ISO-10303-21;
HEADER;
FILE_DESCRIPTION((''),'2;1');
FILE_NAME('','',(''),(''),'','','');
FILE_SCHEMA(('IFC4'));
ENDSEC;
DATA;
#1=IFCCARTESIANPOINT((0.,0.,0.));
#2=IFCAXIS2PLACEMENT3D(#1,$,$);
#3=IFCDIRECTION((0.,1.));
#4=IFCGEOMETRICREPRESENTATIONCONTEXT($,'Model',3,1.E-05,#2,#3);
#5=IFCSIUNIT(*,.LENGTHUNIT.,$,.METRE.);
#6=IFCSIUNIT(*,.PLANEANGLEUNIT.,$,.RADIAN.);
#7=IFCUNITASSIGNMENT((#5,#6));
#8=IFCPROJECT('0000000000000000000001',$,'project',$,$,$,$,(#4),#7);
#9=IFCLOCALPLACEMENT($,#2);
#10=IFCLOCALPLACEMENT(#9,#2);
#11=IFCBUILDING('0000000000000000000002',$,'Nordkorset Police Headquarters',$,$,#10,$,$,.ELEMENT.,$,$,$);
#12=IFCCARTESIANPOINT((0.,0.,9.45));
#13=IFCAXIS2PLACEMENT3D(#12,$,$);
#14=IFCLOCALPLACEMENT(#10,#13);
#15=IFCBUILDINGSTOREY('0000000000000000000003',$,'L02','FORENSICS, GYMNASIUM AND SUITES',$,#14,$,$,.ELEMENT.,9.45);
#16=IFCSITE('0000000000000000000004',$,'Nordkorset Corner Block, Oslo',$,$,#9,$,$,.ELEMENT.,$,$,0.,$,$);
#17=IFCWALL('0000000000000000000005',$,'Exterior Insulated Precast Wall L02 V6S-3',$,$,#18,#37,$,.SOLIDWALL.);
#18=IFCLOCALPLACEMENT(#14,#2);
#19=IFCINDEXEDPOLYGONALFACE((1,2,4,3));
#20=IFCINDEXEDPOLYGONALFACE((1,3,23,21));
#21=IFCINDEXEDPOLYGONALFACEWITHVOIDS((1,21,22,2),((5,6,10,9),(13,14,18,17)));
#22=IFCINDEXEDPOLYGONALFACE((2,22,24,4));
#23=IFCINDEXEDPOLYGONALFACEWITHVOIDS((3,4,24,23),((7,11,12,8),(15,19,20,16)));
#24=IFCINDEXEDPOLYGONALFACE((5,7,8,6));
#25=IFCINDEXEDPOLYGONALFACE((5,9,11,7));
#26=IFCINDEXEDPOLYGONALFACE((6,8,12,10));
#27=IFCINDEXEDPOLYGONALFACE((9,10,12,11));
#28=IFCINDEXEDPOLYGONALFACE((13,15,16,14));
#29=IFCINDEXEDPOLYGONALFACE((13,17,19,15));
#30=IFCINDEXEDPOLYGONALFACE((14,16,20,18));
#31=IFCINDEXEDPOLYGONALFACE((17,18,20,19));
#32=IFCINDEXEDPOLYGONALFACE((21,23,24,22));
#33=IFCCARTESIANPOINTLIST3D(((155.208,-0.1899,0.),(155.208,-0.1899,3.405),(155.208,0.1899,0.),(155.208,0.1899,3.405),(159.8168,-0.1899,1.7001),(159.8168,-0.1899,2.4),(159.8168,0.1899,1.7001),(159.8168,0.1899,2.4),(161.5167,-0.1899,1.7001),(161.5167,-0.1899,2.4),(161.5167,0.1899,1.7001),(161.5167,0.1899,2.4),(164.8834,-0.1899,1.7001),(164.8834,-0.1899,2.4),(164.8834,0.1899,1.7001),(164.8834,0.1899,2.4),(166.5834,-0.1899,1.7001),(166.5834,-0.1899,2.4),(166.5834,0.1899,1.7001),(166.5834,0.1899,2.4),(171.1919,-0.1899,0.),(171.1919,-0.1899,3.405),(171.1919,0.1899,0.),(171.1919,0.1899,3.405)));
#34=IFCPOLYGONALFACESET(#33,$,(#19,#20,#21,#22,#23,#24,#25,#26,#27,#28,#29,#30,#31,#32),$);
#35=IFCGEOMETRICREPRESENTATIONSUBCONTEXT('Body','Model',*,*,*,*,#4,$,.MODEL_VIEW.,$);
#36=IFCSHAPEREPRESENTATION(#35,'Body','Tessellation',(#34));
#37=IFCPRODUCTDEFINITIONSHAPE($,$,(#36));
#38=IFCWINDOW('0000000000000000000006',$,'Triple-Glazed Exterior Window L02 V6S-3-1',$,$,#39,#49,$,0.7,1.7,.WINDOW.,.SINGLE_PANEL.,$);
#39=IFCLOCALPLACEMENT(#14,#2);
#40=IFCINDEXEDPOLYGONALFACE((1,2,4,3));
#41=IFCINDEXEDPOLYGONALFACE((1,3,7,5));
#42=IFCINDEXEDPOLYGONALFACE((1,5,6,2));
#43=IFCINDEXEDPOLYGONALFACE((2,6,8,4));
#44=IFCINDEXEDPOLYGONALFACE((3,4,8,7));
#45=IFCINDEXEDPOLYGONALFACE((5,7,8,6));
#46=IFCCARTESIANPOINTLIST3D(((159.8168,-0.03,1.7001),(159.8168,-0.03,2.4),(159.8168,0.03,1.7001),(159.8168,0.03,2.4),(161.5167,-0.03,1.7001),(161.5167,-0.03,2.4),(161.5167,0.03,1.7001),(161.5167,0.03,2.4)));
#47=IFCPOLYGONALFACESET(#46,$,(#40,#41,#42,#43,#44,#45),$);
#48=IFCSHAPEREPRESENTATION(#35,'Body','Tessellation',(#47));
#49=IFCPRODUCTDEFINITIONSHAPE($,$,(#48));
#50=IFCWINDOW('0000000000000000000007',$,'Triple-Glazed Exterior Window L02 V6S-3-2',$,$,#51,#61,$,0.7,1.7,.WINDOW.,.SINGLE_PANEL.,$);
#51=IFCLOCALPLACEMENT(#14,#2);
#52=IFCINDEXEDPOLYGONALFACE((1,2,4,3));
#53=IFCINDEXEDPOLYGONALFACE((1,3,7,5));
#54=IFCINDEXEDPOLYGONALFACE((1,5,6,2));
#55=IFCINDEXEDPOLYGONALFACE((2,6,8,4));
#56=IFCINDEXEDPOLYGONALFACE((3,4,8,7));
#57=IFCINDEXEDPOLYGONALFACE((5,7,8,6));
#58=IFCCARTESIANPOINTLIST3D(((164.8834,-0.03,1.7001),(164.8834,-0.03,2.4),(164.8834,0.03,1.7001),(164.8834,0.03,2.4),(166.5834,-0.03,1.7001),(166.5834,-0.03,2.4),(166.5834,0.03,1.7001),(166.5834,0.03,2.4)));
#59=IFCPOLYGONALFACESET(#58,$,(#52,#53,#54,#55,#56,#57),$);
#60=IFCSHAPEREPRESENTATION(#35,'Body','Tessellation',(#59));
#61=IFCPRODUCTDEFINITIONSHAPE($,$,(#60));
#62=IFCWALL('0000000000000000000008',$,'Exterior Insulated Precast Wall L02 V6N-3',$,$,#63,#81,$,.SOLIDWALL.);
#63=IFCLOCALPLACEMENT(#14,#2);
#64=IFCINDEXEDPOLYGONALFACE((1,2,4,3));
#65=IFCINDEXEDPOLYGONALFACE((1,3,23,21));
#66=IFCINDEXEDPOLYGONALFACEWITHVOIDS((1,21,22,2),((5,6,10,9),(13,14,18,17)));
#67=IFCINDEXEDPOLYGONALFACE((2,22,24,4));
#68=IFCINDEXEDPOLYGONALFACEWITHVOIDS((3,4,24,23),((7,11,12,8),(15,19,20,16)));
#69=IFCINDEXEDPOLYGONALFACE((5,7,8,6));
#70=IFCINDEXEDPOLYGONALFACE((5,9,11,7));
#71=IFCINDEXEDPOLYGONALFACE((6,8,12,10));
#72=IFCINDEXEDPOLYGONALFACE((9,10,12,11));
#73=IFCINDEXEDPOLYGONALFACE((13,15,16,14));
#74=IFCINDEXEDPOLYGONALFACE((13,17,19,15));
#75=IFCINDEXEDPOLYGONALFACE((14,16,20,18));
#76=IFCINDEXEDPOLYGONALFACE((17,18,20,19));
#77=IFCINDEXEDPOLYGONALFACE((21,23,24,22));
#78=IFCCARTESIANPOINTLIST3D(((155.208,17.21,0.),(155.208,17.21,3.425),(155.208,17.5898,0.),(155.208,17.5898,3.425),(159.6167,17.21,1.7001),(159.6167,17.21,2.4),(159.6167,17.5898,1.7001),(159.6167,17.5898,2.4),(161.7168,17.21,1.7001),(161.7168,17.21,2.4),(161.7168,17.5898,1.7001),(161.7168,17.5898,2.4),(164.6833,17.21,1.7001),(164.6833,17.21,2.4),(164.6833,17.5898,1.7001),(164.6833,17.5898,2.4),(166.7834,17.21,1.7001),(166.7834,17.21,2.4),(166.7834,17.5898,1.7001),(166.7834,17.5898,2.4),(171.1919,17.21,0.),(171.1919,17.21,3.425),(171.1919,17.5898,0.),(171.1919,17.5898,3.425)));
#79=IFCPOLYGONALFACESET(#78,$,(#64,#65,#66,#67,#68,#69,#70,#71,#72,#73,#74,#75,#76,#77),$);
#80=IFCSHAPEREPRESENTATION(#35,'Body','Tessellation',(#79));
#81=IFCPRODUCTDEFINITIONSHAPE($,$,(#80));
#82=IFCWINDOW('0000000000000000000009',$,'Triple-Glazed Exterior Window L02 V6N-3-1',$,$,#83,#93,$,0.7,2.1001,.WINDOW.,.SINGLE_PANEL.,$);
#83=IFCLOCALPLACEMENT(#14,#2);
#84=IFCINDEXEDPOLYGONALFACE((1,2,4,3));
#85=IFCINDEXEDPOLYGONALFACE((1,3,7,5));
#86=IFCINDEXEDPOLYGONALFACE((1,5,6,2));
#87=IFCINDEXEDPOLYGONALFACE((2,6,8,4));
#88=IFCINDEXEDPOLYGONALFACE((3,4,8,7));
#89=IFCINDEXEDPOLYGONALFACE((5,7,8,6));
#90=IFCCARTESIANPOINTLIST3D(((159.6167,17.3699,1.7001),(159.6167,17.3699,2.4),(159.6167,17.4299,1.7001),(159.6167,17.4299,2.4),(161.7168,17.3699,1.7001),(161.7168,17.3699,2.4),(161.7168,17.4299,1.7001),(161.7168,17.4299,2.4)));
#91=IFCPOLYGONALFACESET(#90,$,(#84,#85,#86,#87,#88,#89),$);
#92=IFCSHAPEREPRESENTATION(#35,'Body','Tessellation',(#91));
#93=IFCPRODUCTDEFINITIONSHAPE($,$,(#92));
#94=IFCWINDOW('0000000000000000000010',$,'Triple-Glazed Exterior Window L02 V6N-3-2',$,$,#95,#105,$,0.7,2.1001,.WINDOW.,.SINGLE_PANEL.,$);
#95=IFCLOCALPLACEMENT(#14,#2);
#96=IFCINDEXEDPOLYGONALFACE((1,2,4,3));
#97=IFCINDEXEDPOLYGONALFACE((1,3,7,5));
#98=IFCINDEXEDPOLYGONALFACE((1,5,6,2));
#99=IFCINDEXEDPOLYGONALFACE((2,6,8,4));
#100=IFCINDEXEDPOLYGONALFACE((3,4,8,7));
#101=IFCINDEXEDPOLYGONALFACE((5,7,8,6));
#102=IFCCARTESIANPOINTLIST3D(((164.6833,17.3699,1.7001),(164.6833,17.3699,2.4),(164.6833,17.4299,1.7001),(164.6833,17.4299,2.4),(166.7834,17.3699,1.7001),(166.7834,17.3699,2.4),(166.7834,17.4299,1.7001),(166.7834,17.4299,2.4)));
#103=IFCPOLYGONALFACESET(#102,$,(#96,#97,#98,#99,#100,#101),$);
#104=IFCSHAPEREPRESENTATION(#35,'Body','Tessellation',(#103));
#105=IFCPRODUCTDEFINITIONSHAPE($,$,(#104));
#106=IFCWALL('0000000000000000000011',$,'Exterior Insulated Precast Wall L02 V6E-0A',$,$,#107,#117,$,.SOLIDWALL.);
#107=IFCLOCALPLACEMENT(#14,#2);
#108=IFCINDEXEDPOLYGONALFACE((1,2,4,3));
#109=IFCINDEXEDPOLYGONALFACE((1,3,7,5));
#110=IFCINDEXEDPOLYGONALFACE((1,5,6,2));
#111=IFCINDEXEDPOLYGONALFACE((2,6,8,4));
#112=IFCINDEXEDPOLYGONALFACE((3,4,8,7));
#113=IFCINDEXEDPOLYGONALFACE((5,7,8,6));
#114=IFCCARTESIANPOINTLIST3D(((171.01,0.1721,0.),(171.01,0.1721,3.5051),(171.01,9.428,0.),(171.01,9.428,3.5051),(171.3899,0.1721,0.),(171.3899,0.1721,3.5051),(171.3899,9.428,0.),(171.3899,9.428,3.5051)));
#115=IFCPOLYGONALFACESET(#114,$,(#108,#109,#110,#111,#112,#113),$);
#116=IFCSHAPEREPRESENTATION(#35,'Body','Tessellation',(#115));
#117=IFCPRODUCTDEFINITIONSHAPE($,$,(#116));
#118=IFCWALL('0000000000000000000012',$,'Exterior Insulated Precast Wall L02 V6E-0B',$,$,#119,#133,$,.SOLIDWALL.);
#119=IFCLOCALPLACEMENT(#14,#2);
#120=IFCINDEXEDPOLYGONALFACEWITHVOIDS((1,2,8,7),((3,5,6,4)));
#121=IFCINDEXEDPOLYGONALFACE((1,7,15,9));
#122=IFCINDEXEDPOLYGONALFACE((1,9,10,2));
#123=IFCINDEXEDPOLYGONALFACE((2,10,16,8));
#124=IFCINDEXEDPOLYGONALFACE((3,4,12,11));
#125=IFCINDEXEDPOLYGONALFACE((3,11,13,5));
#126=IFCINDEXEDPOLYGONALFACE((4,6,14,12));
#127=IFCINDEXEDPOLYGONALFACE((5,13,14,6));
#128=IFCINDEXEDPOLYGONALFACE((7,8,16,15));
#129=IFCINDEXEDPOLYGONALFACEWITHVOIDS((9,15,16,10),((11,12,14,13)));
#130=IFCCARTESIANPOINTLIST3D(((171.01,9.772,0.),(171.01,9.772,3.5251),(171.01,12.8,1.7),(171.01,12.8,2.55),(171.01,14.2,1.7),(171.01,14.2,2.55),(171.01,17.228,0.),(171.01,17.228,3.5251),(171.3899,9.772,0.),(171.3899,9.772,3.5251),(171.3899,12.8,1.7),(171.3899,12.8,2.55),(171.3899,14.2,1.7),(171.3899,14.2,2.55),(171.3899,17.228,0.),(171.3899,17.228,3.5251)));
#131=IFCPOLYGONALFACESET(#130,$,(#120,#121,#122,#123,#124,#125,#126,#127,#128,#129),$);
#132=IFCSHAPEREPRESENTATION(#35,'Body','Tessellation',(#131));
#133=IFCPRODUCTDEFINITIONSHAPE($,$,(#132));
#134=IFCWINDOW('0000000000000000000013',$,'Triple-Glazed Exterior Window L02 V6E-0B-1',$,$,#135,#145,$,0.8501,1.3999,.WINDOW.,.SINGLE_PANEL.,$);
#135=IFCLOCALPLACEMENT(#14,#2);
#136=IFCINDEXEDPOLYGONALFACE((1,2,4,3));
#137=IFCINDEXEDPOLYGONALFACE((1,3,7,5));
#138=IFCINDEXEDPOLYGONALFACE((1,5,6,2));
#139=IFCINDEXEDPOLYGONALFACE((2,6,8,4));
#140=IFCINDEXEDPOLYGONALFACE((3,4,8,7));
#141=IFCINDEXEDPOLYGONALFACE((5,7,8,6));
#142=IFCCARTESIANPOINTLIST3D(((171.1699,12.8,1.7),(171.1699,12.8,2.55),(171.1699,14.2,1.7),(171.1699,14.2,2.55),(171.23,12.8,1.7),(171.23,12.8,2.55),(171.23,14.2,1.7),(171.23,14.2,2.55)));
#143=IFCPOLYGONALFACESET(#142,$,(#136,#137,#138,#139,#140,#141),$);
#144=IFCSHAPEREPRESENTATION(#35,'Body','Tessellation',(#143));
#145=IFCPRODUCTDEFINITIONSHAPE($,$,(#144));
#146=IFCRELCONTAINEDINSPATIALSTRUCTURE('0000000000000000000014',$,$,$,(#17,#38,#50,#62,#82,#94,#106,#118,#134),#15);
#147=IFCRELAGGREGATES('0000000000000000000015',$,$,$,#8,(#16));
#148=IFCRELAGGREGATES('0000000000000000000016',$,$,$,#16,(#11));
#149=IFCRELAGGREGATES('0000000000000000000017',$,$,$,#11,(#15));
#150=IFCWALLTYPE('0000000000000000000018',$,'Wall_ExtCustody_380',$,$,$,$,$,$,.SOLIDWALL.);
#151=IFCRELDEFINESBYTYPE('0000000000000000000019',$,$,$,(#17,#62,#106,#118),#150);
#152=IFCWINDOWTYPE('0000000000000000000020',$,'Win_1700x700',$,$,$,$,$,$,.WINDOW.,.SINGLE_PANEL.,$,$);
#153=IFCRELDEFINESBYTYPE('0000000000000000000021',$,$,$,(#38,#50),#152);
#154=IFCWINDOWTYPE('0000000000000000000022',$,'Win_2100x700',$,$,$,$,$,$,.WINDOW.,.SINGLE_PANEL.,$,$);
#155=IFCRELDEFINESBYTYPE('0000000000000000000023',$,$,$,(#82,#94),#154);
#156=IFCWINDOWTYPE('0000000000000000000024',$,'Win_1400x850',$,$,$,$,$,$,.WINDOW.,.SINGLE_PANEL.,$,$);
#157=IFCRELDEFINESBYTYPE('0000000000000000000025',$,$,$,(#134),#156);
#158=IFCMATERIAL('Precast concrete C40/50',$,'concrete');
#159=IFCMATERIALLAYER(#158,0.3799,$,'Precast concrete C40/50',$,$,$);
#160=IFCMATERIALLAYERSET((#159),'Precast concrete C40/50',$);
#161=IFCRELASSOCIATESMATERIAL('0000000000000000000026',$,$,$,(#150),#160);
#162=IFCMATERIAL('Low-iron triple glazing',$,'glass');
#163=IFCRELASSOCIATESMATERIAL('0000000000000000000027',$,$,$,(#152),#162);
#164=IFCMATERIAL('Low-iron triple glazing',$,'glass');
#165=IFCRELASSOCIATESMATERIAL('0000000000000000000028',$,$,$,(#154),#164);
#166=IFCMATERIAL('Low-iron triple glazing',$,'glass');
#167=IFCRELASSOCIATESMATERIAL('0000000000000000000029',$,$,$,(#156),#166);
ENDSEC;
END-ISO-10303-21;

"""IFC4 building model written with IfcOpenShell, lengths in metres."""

from ifc_helpers import new_model, si_unit, direction, frame, frame_2d, origin, place, context, subcontext, project, spatial, rectangle, extrude, material, layer, layer_set, type_object, element, fill, save


model = new_model("IFC4")

# Units and contexts
model_context = context("Model", 3, precision=1e-05, world=origin(), true_north=direction((0.0, 1.0)))
body_context = subcontext(model_context, "Body", "Model", "MODEL_VIEW")
ifc_project = project(units=[si_unit("LENGTHUNIT", "METRE"), si_unit("PLANEANGLEUNIT", "RADIAN")], contexts=[model_context])

# Site, building, storey
site_placement = place(None, origin())
site = spatial("IfcSite", under=ifc_project, at=site_placement, Name="Nordkorset Corner Block, Oslo", CompositionType="ELEMENT", RefElevation=0.0)
building_placement = place(site_placement, origin())
building = spatial("IfcBuilding", under=site, at=building_placement, Name="Nordkorset Police Headquarters", CompositionType="ELEMENT")
storey_placement = place(building_placement, frame((0.0, 0.0, 9.45)))
storey = spatial("IfcBuildingStorey", under=building, at=storey_placement, Name="L02", Description="FORENSICS, GYMNASIUM AND SUITES", CompositionType="ELEMENT", Elevation=9.45)

# Walls, openings, windows
ifc_material_1 = material(Name="Precast concrete C40/50", Category="concrete")
ifc_layer_1 = layer(ifc_material_1, 0.3799, Name="Precast concrete C40/50")
ifc_layer_set_1 = layer_set([ifc_layer_1], Name="Precast concrete C40/50")
wall_type_1 = type_object("IfcWallType", Name="Wall_ExtCustody_380", PredefinedType="SOLIDWALL", material=ifc_layer_set_1)
wall_1_placement = place(storey_placement, frame((155.208, 0.0, 0.0), z_axis=(0.0, 0.0, 1.0), x_axis=(1.0, 0.0, 0.0)))
wall_1 = element("IfcWall", 1, at=wall_1_placement, inside=storey, type_object=wall_type_1, Name="Exterior Insulated Precast Wall L02 V6S-3", PredefinedType="SOLIDWALL", context=body_context, shape_type="SweptSolid", body=[
    extrude(rectangle(XDim=15.9839, YDim=0.3799, at=frame_2d((7.9919, 0.0))), origin(), (0.0, 0.0, 1.0), 3.405),
])
opening_1_placement = place(wall_1_placement, frame((4.6086, 0.0, 1.7)))
opening_1 = element("IfcOpeningElement", 2, at=opening_1_placement, cuts=wall_1, PredefinedType="OPENING", context=body_context, shape_type="SweptSolid", body=[
    extrude(rectangle(XDim=1.7, YDim=0.7, at=frame_2d((0.8501, 0.3501))), frame((0.0, 0.2, 0.0), z_axis=(0.0, -1.0, 0.0), x_axis=(1.0, 0.0, 0.0)), (0.0, 0.0, 1.0), 0.3999),
])
opening_2_placement = place(wall_1_placement, frame((9.6753, 0.0, 1.7)))
opening_2 = element("IfcOpeningElement", 3, at=opening_2_placement, cuts=wall_1, PredefinedType="OPENING", context=body_context, shape_type="SweptSolid", body=[
    extrude(rectangle(XDim=1.7, YDim=0.7, at=frame_2d((0.8501, 0.3501))), frame((0.0, 0.2, 0.0), z_axis=(0.0, -1.0, 0.0), x_axis=(1.0, 0.0, 0.0)), (0.0, 0.0, 1.0), 0.3999),
])
ifc_material_2 = material(Name="Low-iron triple glazing", Category="glass")
window_type_1 = type_object("IfcWindowType", Name="Win_1700x700", PartitioningType="SINGLE_PANEL", PredefinedType="WINDOW", material=ifc_material_2)
window_1_placement = place(opening_1_placement, origin())
window_1 = element("IfcWindow", 4, at=window_1_placement, inside=storey, type_object=window_type_1, Name="Triple-Glazed Exterior Window L02 V6S-3-1", OverallHeight=0.7, OverallWidth=1.7, PartitioningType="SINGLE_PANEL", PredefinedType="WINDOW", context=body_context, shape_type="SweptSolid", body=[
    extrude(rectangle(XDim=1.7, YDim=0.7, at=frame_2d((0.8501, 0.3501))), frame((0.0, 0.03, 0.0), z_axis=(0.0, -1.0, 0.0), x_axis=(1.0, 0.0, 0.0)), (0.0, 0.0, 1.0), 0.0601),
])
fill(opening_1, window_1)
window_2_placement = place(opening_2_placement, origin())
window_2 = element("IfcWindow", 5, at=window_2_placement, inside=storey, type_object=window_type_1, Name="Triple-Glazed Exterior Window L02 V6S-3-2", OverallHeight=0.7, OverallWidth=1.7, PartitioningType="SINGLE_PANEL", PredefinedType="WINDOW", context=body_context, shape_type="SweptSolid", body=[
    extrude(rectangle(XDim=1.7, YDim=0.7, at=frame_2d((0.8501, 0.3501))), frame((0.0, 0.03, 0.0), z_axis=(0.0, -1.0, 0.0), x_axis=(1.0, 0.0, 0.0)), (0.0, 0.0, 1.0), 0.0601),
])
fill(opening_2, window_2)
wall_2_placement = place(storey_placement, frame((155.208, 17.3999, 0.0), z_axis=(0.0, 0.0, 1.0), x_axis=(1.0, 0.0, 0.0)))
wall_2 = element("IfcWall", 6, at=wall_2_placement, inside=storey, type_object=wall_type_1, Name="Exterior Insulated Precast Wall L02 V6N-3", PredefinedType="SOLIDWALL", context=body_context, shape_type="SweptSolid", body=[
    extrude(rectangle(XDim=15.9839, YDim=0.3799, at=frame_2d((7.9919, 0.0))), origin(), (0.0, 0.0, 1.0), 3.425),
])
opening_3_placement = place(wall_2_placement, frame((4.4087, 0.0, 1.7)))
opening_3 = element("IfcOpeningElement", 7, at=opening_3_placement, cuts=wall_2, PredefinedType="OPENING", context=body_context, shape_type="SweptSolid", body=[
    extrude(rectangle(XDim=2.1001, YDim=0.7, at=frame_2d((1.05, 0.3501))), frame((0.0, 0.2, 0.0), z_axis=(0.0, -1.0, 0.0), x_axis=(1.0, 0.0, 0.0)), (0.0, 0.0, 1.0), 0.3999),
])
opening_4_placement = place(wall_2_placement, frame((9.4753, 0.0, 1.7)))
opening_4 = element("IfcOpeningElement", 8, at=opening_4_placement, cuts=wall_2, PredefinedType="OPENING", context=body_context, shape_type="SweptSolid", body=[
    extrude(rectangle(XDim=2.1001, YDim=0.7, at=frame_2d((1.05, 0.3501))), frame((0.0, 0.2, 0.0), z_axis=(0.0, -1.0, 0.0), x_axis=(1.0, 0.0, 0.0)), (0.0, 0.0, 1.0), 0.3999),
])
ifc_material_3 = material(Name="Low-iron triple glazing", Category="glass")
window_type_2 = type_object("IfcWindowType", Name="Win_2100x700", PartitioningType="SINGLE_PANEL", PredefinedType="WINDOW", material=ifc_material_3)
window_3_placement = place(opening_3_placement, origin())
window_3 = element("IfcWindow", 9, at=window_3_placement, inside=storey, type_object=window_type_2, Name="Triple-Glazed Exterior Window L02 V6N-3-1", OverallHeight=0.7, OverallWidth=2.1001, PartitioningType="SINGLE_PANEL", PredefinedType="WINDOW", context=body_context, shape_type="SweptSolid", body=[
    extrude(rectangle(XDim=2.1001, YDim=0.7, at=frame_2d((1.05, 0.3501))), frame((0.0, 0.03, 0.0), z_axis=(0.0, -1.0, 0.0), x_axis=(1.0, 0.0, 0.0)), (0.0, 0.0, 1.0), 0.0601),
])
fill(opening_3, window_3)
window_4_placement = place(opening_4_placement, origin())
window_4 = element("IfcWindow", 10, at=window_4_placement, inside=storey, type_object=window_type_2, Name="Triple-Glazed Exterior Window L02 V6N-3-2", OverallHeight=0.7, OverallWidth=2.1001, PartitioningType="SINGLE_PANEL", PredefinedType="WINDOW", context=body_context, shape_type="SweptSolid", body=[
    extrude(rectangle(XDim=2.1001, YDim=0.7, at=frame_2d((1.05, 0.3501))), frame((0.0, 0.03, 0.0), z_axis=(0.0, -1.0, 0.0), x_axis=(1.0, 0.0, 0.0)), (0.0, 0.0, 1.0), 0.0601),
])
fill(opening_4, window_4)

# Wall
wall_3_placement = place(storey_placement, frame((171.2, 0.1721, 0.0), z_axis=(0.0, 0.0, 1.0), x_axis=(0.0, 1.0, 0.0)))
element("IfcWall", 11, at=wall_3_placement, inside=storey, type_object=wall_type_1, Name="Exterior Insulated Precast Wall L02 V6E-0A", PredefinedType="SOLIDWALL", context=body_context, shape_type="SweptSolid", body=[
    extrude(rectangle(XDim=9.2559, YDim=0.3799, at=frame_2d((4.6279, 0.0))), origin(), (0.0, 0.0, 1.0), 3.5051),
])

# Wall, opening, window
wall_4_placement = place(storey_placement, frame((171.2, 9.772, 0.0), z_axis=(0.0, 0.0, 1.0), x_axis=(0.0, 1.0, 0.0)))
wall_4 = element("IfcWall", 12, at=wall_4_placement, inside=storey, type_object=wall_type_1, Name="Exterior Insulated Precast Wall L02 V6E-0B", PredefinedType="SOLIDWALL", context=body_context, shape_type="SweptSolid", body=[
    extrude(rectangle(XDim=7.4561, YDim=0.3799, at=frame_2d((3.728, 0.0))), origin(), (0.0, 0.0, 1.0), 3.5251),
])
opening_5_placement = place(wall_4_placement, frame((3.0281, 0.0, 1.7)))
opening_5 = element("IfcOpeningElement", 13, at=opening_5_placement, cuts=wall_4, PredefinedType="OPENING", context=body_context, shape_type="SweptSolid", body=[
    extrude(rectangle(XDim=1.3999, YDim=0.8501, at=frame_2d((0.7, 0.425))), frame((0.0, 0.2, 0.0), z_axis=(0.0, -1.0, 0.0), x_axis=(1.0, 0.0, 0.0)), (0.0, 0.0, 1.0), 0.3999),
])
ifc_material_4 = material(Name="Low-iron triple glazing", Category="glass")
window_type_3 = type_object("IfcWindowType", Name="Win_1400x850", PartitioningType="SINGLE_PANEL", PredefinedType="WINDOW", material=ifc_material_4)
window_5_placement = place(opening_5_placement, origin())
window_5 = element("IfcWindow", 14, at=window_5_placement, inside=storey, type_object=window_type_3, Name="Triple-Glazed Exterior Window L02 V6E-0B-1", OverallHeight=0.8501, OverallWidth=1.3999, PartitioningType="SINGLE_PANEL", PredefinedType="WINDOW", context=body_context, shape_type="SweptSolid", body=[
    extrude(rectangle(XDim=1.3999, YDim=0.8501, at=frame_2d((0.7, 0.425))), frame((0.0, 0.03, 0.0), z_axis=(0.0, -1.0, 0.0), x_axis=(1.0, 0.0, 0.0)), (0.0, 0.0, 1.0), 0.0601),
])
fill(opening_5, window_5)

save(model, "model.ifc")
